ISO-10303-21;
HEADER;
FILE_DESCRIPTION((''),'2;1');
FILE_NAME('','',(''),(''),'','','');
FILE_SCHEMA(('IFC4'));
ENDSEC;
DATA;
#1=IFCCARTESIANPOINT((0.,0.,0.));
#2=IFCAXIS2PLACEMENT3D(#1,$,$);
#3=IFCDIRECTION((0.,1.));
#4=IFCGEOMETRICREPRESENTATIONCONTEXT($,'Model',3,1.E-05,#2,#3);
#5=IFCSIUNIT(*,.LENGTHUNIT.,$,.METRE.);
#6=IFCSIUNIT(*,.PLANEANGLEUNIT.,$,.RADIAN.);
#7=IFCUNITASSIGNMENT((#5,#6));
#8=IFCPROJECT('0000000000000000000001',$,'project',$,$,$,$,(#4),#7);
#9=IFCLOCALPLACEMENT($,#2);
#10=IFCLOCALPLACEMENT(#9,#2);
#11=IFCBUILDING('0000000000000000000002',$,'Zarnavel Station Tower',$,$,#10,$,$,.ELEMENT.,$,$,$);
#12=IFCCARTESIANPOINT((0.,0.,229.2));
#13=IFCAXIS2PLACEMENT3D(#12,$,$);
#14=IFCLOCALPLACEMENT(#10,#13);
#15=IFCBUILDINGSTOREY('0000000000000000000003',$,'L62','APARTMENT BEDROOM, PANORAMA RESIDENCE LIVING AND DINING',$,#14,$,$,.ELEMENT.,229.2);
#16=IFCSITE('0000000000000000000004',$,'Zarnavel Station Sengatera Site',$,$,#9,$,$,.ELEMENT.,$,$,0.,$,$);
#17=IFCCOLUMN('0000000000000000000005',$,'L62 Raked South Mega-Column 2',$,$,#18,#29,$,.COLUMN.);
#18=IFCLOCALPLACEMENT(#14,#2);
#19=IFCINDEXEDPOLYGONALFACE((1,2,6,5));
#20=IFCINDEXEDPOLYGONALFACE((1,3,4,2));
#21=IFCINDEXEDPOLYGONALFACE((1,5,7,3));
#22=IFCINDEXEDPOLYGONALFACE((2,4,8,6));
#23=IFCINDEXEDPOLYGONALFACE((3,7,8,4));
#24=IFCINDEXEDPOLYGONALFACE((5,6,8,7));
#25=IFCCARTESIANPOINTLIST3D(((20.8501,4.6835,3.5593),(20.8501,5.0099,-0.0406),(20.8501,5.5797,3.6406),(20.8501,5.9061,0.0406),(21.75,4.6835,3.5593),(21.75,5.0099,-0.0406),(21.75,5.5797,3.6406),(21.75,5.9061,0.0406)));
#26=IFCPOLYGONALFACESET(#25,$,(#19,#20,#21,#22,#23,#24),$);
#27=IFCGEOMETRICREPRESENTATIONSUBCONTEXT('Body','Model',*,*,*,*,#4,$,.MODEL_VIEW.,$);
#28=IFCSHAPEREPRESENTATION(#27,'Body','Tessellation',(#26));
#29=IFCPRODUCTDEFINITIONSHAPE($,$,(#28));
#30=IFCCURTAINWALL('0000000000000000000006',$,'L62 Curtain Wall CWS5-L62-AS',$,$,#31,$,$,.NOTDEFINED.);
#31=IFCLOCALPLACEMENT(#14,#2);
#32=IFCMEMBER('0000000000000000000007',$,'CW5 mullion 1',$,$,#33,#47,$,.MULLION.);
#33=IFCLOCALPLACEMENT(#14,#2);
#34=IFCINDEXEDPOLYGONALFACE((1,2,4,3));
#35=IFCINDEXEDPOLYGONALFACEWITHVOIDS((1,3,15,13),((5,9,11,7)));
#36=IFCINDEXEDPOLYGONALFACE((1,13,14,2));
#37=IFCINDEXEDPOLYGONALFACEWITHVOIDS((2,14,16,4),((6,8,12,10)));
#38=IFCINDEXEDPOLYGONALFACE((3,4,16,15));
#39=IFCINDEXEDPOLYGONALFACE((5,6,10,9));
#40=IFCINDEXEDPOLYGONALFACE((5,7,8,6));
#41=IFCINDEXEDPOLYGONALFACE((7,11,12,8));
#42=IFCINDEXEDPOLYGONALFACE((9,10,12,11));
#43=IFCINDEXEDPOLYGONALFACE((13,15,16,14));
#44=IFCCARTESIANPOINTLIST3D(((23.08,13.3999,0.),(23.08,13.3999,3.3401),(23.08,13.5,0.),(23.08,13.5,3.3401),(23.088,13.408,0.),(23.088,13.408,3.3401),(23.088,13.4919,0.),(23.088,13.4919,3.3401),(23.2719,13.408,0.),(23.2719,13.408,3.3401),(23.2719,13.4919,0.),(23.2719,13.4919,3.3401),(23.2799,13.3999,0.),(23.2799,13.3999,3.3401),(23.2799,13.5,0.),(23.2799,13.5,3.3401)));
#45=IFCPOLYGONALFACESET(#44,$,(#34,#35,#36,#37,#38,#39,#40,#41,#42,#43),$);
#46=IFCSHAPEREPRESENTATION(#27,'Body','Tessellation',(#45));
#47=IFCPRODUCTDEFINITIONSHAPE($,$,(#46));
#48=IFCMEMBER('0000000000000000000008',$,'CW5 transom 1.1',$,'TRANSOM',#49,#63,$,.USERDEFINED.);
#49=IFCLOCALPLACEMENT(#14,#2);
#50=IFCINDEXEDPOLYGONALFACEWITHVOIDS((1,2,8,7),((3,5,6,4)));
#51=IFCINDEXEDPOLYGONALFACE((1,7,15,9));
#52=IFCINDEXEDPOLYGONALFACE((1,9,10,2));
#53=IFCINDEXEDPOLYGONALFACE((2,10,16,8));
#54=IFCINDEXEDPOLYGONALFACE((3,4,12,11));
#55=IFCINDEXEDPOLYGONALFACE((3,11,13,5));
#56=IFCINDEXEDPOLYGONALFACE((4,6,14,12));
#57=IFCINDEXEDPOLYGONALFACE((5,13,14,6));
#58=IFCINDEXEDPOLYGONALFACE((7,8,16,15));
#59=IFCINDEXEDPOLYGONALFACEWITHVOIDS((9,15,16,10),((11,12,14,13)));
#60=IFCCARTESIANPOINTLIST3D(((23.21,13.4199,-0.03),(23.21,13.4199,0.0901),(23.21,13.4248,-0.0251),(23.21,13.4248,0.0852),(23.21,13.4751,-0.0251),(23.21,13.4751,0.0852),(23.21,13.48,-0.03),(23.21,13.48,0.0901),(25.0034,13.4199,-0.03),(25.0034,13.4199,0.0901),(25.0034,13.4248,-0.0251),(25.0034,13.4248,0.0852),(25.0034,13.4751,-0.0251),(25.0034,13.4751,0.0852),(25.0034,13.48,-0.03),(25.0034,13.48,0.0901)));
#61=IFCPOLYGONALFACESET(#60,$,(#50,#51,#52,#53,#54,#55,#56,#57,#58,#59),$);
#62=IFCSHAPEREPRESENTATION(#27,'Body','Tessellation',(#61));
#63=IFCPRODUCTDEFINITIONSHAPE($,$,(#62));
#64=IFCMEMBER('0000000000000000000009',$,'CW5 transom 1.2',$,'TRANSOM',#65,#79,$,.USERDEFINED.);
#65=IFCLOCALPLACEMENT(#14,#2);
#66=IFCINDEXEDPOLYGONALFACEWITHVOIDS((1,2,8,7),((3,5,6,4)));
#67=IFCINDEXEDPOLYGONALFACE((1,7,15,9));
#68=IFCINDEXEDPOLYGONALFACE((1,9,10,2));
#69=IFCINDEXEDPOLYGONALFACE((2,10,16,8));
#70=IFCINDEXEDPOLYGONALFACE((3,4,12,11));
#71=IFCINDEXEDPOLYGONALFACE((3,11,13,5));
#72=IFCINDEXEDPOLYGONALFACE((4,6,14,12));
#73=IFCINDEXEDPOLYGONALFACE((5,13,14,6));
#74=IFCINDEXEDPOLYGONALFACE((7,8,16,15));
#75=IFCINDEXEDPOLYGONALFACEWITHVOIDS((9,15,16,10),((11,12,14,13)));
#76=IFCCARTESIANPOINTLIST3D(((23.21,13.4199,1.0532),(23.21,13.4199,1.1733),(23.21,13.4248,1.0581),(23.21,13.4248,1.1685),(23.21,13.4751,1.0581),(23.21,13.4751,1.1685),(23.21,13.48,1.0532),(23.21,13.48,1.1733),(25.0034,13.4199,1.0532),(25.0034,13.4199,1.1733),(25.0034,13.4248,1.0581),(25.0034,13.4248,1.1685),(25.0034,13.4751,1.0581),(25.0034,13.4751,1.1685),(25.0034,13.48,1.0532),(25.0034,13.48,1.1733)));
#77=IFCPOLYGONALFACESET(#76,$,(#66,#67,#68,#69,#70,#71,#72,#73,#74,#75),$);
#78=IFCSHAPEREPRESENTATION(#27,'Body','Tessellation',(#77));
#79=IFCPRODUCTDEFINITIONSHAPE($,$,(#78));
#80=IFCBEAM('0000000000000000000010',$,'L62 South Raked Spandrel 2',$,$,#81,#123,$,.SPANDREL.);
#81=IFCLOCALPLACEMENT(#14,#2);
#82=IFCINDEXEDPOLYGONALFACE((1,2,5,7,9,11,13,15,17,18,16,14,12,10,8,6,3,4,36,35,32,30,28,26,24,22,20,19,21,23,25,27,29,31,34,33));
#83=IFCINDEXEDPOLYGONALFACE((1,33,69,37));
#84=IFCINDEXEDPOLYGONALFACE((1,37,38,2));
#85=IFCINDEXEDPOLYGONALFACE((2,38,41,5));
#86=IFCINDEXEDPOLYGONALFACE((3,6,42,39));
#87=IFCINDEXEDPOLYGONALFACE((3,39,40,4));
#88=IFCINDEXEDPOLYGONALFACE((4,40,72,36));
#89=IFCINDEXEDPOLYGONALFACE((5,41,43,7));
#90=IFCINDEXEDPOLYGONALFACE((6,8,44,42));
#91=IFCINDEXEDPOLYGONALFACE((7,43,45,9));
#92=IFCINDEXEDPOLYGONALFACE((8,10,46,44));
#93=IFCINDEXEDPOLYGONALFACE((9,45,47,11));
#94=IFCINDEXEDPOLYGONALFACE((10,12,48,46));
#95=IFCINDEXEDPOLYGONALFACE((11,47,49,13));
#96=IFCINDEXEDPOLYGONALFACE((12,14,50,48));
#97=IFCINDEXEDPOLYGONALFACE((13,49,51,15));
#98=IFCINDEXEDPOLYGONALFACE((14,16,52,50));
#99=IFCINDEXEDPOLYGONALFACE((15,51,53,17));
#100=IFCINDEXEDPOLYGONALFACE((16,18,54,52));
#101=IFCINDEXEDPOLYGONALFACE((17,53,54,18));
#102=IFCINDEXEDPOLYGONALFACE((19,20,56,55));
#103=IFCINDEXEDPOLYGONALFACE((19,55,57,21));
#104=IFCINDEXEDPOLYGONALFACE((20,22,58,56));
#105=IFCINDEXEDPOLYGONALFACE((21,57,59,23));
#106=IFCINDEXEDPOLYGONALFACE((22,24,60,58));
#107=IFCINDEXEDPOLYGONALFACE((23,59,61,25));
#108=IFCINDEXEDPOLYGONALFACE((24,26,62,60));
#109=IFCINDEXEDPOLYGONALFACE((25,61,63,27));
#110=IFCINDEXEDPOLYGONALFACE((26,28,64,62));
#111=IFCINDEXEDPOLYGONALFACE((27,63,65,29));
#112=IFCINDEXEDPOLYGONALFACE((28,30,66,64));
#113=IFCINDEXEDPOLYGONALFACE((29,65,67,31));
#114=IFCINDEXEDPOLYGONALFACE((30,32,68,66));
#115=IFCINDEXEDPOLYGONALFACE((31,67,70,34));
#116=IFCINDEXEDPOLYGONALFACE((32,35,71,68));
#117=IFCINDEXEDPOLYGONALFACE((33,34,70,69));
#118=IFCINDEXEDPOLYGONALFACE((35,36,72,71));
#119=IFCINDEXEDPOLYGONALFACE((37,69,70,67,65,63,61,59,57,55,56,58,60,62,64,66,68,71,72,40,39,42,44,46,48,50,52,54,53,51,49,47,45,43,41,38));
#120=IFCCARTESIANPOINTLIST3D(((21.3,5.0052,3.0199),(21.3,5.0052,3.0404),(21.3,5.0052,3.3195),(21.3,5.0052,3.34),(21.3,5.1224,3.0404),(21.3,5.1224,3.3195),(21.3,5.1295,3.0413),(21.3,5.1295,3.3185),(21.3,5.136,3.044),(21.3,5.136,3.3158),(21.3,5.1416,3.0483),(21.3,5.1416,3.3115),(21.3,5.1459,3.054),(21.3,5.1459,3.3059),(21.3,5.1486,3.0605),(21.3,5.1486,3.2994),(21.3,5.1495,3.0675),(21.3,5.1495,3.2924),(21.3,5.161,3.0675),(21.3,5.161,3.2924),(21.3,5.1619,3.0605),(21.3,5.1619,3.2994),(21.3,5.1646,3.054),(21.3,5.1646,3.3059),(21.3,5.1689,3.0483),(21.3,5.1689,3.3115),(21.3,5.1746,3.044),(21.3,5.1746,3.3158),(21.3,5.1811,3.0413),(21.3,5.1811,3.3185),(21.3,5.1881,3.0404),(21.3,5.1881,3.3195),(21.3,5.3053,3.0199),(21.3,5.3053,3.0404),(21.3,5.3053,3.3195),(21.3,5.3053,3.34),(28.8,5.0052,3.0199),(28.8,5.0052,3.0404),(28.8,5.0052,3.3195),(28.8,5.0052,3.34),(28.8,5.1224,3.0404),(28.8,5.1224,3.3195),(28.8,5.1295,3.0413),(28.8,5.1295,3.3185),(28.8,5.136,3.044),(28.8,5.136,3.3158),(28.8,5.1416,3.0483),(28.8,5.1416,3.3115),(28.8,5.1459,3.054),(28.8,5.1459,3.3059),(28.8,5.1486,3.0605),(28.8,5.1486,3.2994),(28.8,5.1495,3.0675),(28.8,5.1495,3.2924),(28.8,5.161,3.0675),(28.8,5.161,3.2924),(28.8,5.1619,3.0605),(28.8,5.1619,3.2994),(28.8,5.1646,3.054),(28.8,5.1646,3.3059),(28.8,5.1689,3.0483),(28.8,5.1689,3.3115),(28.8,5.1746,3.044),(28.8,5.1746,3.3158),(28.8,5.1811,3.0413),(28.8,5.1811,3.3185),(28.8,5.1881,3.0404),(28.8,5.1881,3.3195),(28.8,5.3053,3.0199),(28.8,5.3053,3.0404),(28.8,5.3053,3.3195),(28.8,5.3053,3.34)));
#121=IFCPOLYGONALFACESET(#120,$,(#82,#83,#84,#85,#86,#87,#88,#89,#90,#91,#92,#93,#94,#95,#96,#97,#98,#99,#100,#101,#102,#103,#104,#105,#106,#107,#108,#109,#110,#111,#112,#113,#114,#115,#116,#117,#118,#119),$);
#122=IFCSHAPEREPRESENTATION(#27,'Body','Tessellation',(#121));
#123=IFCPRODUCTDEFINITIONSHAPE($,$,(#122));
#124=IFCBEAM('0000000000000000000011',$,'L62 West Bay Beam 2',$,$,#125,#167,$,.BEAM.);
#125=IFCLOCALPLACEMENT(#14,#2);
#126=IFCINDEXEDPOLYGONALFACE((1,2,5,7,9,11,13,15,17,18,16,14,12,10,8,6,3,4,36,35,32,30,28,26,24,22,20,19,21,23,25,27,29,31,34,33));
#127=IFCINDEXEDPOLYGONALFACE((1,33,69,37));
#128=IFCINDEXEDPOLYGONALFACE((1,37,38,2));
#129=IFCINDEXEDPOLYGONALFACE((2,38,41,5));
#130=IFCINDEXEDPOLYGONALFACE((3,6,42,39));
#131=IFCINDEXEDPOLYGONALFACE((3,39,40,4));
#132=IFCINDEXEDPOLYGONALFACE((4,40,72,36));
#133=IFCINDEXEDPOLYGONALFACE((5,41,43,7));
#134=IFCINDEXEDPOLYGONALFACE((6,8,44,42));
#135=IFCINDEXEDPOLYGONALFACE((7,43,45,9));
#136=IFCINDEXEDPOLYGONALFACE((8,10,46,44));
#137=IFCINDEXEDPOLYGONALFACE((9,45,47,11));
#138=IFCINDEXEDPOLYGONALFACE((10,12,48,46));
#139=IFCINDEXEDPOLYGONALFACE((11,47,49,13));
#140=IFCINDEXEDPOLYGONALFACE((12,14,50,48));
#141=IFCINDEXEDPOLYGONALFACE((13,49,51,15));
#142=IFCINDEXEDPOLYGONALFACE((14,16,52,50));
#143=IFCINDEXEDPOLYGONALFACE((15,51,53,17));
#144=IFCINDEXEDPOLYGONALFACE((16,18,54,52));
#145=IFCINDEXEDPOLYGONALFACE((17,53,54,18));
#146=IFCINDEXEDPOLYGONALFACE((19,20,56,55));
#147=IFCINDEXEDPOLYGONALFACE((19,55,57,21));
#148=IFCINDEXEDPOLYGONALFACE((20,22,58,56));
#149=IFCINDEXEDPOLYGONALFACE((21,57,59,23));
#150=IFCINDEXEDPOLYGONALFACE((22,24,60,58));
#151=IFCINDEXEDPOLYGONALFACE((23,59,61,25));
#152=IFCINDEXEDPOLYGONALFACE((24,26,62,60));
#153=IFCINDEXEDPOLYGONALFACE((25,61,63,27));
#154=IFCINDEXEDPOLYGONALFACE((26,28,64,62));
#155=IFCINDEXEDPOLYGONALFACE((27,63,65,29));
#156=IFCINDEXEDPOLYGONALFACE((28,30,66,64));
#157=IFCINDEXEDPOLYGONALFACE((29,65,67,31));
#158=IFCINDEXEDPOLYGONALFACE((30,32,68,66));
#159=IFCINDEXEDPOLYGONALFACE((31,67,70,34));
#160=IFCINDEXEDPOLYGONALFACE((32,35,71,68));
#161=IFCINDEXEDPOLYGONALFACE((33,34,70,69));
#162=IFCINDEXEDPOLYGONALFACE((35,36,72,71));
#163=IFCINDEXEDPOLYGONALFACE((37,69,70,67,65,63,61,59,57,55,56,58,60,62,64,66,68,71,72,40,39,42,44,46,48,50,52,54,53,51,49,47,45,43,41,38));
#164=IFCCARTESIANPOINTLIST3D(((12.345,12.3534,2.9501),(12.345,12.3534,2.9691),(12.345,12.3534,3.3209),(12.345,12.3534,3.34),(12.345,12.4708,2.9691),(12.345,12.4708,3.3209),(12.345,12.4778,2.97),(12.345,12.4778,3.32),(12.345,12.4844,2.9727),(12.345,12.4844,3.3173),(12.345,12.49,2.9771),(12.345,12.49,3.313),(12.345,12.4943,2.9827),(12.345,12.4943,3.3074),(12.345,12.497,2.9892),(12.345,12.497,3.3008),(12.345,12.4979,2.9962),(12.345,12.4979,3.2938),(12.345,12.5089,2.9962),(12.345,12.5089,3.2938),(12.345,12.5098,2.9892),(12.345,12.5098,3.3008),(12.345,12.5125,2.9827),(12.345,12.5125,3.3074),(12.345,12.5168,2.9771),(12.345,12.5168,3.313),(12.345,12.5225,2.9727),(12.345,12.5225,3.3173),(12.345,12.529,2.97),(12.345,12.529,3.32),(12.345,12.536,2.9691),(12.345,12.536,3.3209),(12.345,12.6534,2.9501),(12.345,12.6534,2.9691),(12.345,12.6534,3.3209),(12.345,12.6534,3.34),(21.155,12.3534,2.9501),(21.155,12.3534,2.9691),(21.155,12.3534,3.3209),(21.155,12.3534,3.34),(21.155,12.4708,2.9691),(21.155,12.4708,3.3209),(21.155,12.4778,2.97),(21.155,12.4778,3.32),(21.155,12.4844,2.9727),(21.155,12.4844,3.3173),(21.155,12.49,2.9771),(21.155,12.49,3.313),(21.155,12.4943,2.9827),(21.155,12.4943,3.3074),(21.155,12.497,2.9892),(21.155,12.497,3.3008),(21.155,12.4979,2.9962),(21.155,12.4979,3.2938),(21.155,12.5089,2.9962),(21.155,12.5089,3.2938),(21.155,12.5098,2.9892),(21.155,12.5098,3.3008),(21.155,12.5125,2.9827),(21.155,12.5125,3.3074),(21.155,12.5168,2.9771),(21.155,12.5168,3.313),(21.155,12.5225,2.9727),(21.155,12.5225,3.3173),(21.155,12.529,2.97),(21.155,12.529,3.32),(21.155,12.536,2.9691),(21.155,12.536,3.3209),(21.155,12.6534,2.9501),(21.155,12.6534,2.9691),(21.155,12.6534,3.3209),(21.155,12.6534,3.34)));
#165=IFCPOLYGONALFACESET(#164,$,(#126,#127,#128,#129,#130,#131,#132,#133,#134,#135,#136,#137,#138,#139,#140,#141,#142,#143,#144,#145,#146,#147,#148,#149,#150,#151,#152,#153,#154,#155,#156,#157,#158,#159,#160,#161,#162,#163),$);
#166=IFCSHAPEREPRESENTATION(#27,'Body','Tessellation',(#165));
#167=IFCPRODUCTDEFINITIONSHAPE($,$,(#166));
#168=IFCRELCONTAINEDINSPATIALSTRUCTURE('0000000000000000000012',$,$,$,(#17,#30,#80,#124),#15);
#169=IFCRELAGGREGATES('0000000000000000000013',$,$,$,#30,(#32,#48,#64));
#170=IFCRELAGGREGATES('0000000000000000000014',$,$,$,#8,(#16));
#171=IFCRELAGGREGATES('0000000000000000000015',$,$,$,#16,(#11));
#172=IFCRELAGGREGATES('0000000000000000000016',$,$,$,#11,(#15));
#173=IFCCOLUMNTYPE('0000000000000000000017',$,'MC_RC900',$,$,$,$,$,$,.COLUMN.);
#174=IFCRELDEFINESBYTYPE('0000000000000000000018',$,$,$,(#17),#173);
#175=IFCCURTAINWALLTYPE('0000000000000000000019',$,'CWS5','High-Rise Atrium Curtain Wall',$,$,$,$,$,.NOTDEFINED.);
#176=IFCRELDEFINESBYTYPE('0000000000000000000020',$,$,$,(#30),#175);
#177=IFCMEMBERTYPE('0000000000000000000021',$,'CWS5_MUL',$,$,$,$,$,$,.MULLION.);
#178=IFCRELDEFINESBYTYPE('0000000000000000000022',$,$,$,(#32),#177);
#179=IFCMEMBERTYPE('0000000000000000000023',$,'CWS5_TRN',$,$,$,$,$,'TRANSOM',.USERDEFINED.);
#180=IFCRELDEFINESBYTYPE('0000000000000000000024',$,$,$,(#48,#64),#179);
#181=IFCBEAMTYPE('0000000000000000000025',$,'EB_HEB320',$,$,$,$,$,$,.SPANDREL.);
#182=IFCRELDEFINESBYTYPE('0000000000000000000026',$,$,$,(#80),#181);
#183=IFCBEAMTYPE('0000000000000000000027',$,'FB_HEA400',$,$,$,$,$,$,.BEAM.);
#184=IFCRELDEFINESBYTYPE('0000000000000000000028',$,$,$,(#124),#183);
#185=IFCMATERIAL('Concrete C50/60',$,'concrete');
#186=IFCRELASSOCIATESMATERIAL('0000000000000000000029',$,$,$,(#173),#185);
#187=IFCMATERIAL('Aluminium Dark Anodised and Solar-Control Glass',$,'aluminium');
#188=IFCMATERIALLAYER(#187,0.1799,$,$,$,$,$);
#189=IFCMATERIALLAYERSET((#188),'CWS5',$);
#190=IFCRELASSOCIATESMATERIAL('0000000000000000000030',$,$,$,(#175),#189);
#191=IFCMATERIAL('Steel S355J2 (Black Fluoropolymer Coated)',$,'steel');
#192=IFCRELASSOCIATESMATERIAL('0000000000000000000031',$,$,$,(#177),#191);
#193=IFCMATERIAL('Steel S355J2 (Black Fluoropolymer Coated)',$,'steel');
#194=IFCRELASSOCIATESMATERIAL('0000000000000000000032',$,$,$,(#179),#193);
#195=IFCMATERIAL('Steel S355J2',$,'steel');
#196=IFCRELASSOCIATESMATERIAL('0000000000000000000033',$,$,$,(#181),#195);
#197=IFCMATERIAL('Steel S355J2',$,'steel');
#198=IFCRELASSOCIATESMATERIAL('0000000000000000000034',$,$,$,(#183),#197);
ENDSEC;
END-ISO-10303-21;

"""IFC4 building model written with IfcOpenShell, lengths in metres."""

from ifc_helpers import new_model, si_unit, direction, frame, origin, origin_2d, place, context, subcontext, project, spatial, rectangle, hollow_rectangle, i_section, extrude, material, layer, layer_set, material_profile, profile_set, type_object, element, aggregate, save


model = new_model("IFC4")

# Units and contexts
model_context = context("Model", 3, precision=1e-05, world=origin(), true_north=direction((0.0, 1.0)))
body_context = subcontext(model_context, "Body", "Model", "MODEL_VIEW")
ifc_project = project(units=[si_unit("LENGTHUNIT", "METRE"), si_unit("PLANEANGLEUNIT", "RADIAN")], contexts=[model_context])

# Site, building, storey
site_placement = place(None, origin())
site = spatial("IfcSite", under=ifc_project, at=site_placement, Name="Zarnavel Station Sengatera Site", CompositionType="ELEMENT", RefElevation=0.0)
building_placement = place(site_placement, origin())
building = spatial("IfcBuilding", under=site, at=building_placement, Name="Zarnavel Station Tower", CompositionType="ELEMENT")
storey_placement = place(building_placement, frame((0.0, 0.0, 229.2)))
storey = spatial("IfcBuildingStorey", under=building, at=storey_placement, Name="L62", Description="APARTMENT BEDROOM, PANORAMA RESIDENCE LIVING AND DINING", CompositionType="ELEMENT", Elevation=229.2)

# Column
ifc_material_1 = material(Name="Concrete C50/60", Category="concrete")
ifc_material_profile_1 = material_profile(ifc_material_1, rectangle(XDim=0.8999, YDim=0.8999, at=origin_2d()), Name="RC900x900")
ifc_profile_set_1 = profile_set([ifc_material_profile_1], Name="Concrete C50/60")
column_type = type_object("IfcColumnType", Name="MC_RC900", PredefinedType="COLUMN", material=ifc_profile_set_1)
column_placement = place(storey_placement, frame((21.3, 5.458, 0.0), z_axis=(0.0, -0.090298, 0.995915), x_axis=(1.0, 0.0, 0.0)))
element("IfcColumn", 1, at=column_placement, inside=storey, type_object=column_type, Name="L62 Raked South Mega-Column 2", PredefinedType="COLUMN", context=body_context, shape_type="SweptSolid", body=[
    extrude(rectangle(XDim=0.8999, YDim=0.8999, at=origin_2d()), origin(), (0.0, 0.0, 1.0), 3.6147),
])

# Curtain wall, members
ifc_material_2 = material(Name="Aluminium Dark Anodised and Solar-Control Glass", Category="aluminium")
ifc_layer_1 = layer(ifc_material_2, 0.1799)
ifc_layer_set_1 = layer_set([ifc_layer_1], Name="CWS5")
curtain_wall_type = type_object("IfcCurtainWallType", Name="CWS5", Description="High-Rise Atrium Curtain Wall", PredefinedType="NOTDEFINED", material=ifc_layer_set_1)
curtain_wall_placement = place(storey_placement, origin())
curtain_wall = element("IfcCurtainWall", 2, at=curtain_wall_placement, inside=storey, type_object=curtain_wall_type, Name="L62 Curtain Wall CWS5-L62-AS", PredefinedType="NOTDEFINED")
ifc_material_3 = material(Name="Steel S355J2 (Black Fluoropolymer Coated)", Category="steel")
ifc_material_profile_2 = material_profile(ifc_material_3, hollow_rectangle(XDim=0.1001, YDim=0.2, WallThickness=0.0081, at=origin_2d()), Name="RHS200x100x8")
ifc_profile_set_2 = profile_set([ifc_material_profile_2], Name="Steel S355J2 (Black Fluoropolymer Coated)")
member_type_1 = type_object("IfcMemberType", Name="CWS5_MUL", PredefinedType="MULLION", material=ifc_profile_set_2)
member_1_placement = place(storey_placement, frame((23.1799, 13.45, 0.0), z_axis=(0.0, 0.0, 1.0), x_axis=(0.0, 1.0, 0.0)))
member_1 = element("IfcMember", 3, at=member_1_placement, type_object=member_type_1, Name="CW5 mullion 1", PredefinedType="MULLION", context=body_context, shape_type="SweptSolid", body=[
    extrude(hollow_rectangle(XDim=0.1001, YDim=0.2, WallThickness=0.0081, at=origin_2d()), origin(), (0.0, 0.0, 1.0), 3.3401),
])
ifc_material_4 = material(Name="Steel S355J2 (Black Fluoropolymer Coated)", Category="steel")
ifc_material_profile_3 = material_profile(ifc_material_4, hollow_rectangle(XDim=0.0601, YDim=0.1201, WallThickness=0.0049, at=origin_2d()), Name="RHS120x60x5")
ifc_profile_set_3 = profile_set([ifc_material_profile_3], Name="Steel S355J2 (Black Fluoropolymer Coated)")
member_type_2 = type_object("IfcMemberType", Name="CWS5_TRN", ElementType="TRANSOM", PredefinedType="USERDEFINED", material=ifc_profile_set_3)
member_2_placement = place(storey_placement, frame((23.21, 13.45, 0.03), z_axis=(1.0, 0.0, 0.0), x_axis=(0.0, 1.0, 0.0)))
member_2 = element("IfcMember", 4, at=member_2_placement, type_object=member_type_2, Name="CW5 transom 1.1", ObjectType="TRANSOM", PredefinedType="USERDEFINED", context=body_context, shape_type="SweptSolid", body=[
    extrude(hollow_rectangle(XDim=0.0601, YDim=0.1201, WallThickness=0.0049, at=origin_2d()), origin(), (0.0, 0.0, 1.0), 1.7935),
])
member_3_placement = place(storey_placement, frame((23.21, 13.45, 1.1133), z_axis=(1.0, 0.0, 0.0), x_axis=(0.0, 1.0, 0.0)))
member_3 = element("IfcMember", 5, at=member_3_placement, type_object=member_type_2, Name="CW5 transom 1.2", ObjectType="TRANSOM", PredefinedType="USERDEFINED", context=body_context, shape_type="SweptSolid", body=[
    extrude(hollow_rectangle(XDim=0.0601, YDim=0.1201, WallThickness=0.0049, at=origin_2d()), origin(), (0.0, 0.0, 1.0), 1.7935),
])
aggregate(curtain_wall, [member_1, member_2, member_3])

# Beams
ifc_material_5 = material(Name="Steel S355J2", Category="steel")
ifc_material_profile_4 = material_profile(ifc_material_5, i_section(OverallWidth=0.3, OverallDepth=0.3201, WebThickness=0.0115, FlangeThickness=0.0205, FilletRadius=0.0271, at=origin_2d()), Name="HEB320")
ifc_profile_set_4 = profile_set([ifc_material_profile_4], Name="Steel S355J2")
beam_type_1 = type_object("IfcBeamType", Name="EB_HEB320", PredefinedType="SPANDREL", material=ifc_profile_set_4)
beam_1_placement = place(storey_placement, frame((21.3, 5.1553, 3.1799), z_axis=(1.0, 0.0, 0.0), x_axis=(0.0, 1.0, 0.0)))
element("IfcBeam", 6, at=beam_1_placement, inside=storey, type_object=beam_type_1, Name="L62 South Raked Spandrel 2", PredefinedType="SPANDREL", context=body_context, shape_type="SweptSolid", body=[
    extrude(i_section(OverallWidth=0.3, OverallDepth=0.3201, WebThickness=0.0115, FlangeThickness=0.0205, FilletRadius=0.0271, at=origin_2d()), origin(), (0.0, 0.0, 1.0), 7.5),
])
ifc_material_6 = material(Name="Steel S355J2", Category="steel")
ifc_material_profile_5 = material_profile(ifc_material_6, i_section(OverallWidth=0.3, OverallDepth=0.3899, WebThickness=0.011, FlangeThickness=0.019, FilletRadius=0.0271, at=origin_2d()), Name="HEA400")
ifc_profile_set_5 = profile_set([ifc_material_profile_5], Name="Steel S355J2")
beam_type_2 = type_object("IfcBeamType", Name="FB_HEA400", PredefinedType="BEAM", material=ifc_profile_set_5)
beam_2_placement = place(storey_placement, frame((12.345, 12.5034, 3.145), z_axis=(1.0, 0.0, 0.0), x_axis=(0.0, 1.0, 0.0)))
element("IfcBeam", 7, at=beam_2_placement, inside=storey, type_object=beam_type_2, Name="L62 West Bay Beam 2", PredefinedType="BEAM", context=body_context, shape_type="SweptSolid", body=[
    extrude(i_section(OverallWidth=0.3, OverallDepth=0.3899, WebThickness=0.011, FlangeThickness=0.019, FilletRadius=0.0271, at=origin_2d()), origin(), (0.0, 0.0, 1.0), 8.8101),
])

save(model, "model.ifc")
